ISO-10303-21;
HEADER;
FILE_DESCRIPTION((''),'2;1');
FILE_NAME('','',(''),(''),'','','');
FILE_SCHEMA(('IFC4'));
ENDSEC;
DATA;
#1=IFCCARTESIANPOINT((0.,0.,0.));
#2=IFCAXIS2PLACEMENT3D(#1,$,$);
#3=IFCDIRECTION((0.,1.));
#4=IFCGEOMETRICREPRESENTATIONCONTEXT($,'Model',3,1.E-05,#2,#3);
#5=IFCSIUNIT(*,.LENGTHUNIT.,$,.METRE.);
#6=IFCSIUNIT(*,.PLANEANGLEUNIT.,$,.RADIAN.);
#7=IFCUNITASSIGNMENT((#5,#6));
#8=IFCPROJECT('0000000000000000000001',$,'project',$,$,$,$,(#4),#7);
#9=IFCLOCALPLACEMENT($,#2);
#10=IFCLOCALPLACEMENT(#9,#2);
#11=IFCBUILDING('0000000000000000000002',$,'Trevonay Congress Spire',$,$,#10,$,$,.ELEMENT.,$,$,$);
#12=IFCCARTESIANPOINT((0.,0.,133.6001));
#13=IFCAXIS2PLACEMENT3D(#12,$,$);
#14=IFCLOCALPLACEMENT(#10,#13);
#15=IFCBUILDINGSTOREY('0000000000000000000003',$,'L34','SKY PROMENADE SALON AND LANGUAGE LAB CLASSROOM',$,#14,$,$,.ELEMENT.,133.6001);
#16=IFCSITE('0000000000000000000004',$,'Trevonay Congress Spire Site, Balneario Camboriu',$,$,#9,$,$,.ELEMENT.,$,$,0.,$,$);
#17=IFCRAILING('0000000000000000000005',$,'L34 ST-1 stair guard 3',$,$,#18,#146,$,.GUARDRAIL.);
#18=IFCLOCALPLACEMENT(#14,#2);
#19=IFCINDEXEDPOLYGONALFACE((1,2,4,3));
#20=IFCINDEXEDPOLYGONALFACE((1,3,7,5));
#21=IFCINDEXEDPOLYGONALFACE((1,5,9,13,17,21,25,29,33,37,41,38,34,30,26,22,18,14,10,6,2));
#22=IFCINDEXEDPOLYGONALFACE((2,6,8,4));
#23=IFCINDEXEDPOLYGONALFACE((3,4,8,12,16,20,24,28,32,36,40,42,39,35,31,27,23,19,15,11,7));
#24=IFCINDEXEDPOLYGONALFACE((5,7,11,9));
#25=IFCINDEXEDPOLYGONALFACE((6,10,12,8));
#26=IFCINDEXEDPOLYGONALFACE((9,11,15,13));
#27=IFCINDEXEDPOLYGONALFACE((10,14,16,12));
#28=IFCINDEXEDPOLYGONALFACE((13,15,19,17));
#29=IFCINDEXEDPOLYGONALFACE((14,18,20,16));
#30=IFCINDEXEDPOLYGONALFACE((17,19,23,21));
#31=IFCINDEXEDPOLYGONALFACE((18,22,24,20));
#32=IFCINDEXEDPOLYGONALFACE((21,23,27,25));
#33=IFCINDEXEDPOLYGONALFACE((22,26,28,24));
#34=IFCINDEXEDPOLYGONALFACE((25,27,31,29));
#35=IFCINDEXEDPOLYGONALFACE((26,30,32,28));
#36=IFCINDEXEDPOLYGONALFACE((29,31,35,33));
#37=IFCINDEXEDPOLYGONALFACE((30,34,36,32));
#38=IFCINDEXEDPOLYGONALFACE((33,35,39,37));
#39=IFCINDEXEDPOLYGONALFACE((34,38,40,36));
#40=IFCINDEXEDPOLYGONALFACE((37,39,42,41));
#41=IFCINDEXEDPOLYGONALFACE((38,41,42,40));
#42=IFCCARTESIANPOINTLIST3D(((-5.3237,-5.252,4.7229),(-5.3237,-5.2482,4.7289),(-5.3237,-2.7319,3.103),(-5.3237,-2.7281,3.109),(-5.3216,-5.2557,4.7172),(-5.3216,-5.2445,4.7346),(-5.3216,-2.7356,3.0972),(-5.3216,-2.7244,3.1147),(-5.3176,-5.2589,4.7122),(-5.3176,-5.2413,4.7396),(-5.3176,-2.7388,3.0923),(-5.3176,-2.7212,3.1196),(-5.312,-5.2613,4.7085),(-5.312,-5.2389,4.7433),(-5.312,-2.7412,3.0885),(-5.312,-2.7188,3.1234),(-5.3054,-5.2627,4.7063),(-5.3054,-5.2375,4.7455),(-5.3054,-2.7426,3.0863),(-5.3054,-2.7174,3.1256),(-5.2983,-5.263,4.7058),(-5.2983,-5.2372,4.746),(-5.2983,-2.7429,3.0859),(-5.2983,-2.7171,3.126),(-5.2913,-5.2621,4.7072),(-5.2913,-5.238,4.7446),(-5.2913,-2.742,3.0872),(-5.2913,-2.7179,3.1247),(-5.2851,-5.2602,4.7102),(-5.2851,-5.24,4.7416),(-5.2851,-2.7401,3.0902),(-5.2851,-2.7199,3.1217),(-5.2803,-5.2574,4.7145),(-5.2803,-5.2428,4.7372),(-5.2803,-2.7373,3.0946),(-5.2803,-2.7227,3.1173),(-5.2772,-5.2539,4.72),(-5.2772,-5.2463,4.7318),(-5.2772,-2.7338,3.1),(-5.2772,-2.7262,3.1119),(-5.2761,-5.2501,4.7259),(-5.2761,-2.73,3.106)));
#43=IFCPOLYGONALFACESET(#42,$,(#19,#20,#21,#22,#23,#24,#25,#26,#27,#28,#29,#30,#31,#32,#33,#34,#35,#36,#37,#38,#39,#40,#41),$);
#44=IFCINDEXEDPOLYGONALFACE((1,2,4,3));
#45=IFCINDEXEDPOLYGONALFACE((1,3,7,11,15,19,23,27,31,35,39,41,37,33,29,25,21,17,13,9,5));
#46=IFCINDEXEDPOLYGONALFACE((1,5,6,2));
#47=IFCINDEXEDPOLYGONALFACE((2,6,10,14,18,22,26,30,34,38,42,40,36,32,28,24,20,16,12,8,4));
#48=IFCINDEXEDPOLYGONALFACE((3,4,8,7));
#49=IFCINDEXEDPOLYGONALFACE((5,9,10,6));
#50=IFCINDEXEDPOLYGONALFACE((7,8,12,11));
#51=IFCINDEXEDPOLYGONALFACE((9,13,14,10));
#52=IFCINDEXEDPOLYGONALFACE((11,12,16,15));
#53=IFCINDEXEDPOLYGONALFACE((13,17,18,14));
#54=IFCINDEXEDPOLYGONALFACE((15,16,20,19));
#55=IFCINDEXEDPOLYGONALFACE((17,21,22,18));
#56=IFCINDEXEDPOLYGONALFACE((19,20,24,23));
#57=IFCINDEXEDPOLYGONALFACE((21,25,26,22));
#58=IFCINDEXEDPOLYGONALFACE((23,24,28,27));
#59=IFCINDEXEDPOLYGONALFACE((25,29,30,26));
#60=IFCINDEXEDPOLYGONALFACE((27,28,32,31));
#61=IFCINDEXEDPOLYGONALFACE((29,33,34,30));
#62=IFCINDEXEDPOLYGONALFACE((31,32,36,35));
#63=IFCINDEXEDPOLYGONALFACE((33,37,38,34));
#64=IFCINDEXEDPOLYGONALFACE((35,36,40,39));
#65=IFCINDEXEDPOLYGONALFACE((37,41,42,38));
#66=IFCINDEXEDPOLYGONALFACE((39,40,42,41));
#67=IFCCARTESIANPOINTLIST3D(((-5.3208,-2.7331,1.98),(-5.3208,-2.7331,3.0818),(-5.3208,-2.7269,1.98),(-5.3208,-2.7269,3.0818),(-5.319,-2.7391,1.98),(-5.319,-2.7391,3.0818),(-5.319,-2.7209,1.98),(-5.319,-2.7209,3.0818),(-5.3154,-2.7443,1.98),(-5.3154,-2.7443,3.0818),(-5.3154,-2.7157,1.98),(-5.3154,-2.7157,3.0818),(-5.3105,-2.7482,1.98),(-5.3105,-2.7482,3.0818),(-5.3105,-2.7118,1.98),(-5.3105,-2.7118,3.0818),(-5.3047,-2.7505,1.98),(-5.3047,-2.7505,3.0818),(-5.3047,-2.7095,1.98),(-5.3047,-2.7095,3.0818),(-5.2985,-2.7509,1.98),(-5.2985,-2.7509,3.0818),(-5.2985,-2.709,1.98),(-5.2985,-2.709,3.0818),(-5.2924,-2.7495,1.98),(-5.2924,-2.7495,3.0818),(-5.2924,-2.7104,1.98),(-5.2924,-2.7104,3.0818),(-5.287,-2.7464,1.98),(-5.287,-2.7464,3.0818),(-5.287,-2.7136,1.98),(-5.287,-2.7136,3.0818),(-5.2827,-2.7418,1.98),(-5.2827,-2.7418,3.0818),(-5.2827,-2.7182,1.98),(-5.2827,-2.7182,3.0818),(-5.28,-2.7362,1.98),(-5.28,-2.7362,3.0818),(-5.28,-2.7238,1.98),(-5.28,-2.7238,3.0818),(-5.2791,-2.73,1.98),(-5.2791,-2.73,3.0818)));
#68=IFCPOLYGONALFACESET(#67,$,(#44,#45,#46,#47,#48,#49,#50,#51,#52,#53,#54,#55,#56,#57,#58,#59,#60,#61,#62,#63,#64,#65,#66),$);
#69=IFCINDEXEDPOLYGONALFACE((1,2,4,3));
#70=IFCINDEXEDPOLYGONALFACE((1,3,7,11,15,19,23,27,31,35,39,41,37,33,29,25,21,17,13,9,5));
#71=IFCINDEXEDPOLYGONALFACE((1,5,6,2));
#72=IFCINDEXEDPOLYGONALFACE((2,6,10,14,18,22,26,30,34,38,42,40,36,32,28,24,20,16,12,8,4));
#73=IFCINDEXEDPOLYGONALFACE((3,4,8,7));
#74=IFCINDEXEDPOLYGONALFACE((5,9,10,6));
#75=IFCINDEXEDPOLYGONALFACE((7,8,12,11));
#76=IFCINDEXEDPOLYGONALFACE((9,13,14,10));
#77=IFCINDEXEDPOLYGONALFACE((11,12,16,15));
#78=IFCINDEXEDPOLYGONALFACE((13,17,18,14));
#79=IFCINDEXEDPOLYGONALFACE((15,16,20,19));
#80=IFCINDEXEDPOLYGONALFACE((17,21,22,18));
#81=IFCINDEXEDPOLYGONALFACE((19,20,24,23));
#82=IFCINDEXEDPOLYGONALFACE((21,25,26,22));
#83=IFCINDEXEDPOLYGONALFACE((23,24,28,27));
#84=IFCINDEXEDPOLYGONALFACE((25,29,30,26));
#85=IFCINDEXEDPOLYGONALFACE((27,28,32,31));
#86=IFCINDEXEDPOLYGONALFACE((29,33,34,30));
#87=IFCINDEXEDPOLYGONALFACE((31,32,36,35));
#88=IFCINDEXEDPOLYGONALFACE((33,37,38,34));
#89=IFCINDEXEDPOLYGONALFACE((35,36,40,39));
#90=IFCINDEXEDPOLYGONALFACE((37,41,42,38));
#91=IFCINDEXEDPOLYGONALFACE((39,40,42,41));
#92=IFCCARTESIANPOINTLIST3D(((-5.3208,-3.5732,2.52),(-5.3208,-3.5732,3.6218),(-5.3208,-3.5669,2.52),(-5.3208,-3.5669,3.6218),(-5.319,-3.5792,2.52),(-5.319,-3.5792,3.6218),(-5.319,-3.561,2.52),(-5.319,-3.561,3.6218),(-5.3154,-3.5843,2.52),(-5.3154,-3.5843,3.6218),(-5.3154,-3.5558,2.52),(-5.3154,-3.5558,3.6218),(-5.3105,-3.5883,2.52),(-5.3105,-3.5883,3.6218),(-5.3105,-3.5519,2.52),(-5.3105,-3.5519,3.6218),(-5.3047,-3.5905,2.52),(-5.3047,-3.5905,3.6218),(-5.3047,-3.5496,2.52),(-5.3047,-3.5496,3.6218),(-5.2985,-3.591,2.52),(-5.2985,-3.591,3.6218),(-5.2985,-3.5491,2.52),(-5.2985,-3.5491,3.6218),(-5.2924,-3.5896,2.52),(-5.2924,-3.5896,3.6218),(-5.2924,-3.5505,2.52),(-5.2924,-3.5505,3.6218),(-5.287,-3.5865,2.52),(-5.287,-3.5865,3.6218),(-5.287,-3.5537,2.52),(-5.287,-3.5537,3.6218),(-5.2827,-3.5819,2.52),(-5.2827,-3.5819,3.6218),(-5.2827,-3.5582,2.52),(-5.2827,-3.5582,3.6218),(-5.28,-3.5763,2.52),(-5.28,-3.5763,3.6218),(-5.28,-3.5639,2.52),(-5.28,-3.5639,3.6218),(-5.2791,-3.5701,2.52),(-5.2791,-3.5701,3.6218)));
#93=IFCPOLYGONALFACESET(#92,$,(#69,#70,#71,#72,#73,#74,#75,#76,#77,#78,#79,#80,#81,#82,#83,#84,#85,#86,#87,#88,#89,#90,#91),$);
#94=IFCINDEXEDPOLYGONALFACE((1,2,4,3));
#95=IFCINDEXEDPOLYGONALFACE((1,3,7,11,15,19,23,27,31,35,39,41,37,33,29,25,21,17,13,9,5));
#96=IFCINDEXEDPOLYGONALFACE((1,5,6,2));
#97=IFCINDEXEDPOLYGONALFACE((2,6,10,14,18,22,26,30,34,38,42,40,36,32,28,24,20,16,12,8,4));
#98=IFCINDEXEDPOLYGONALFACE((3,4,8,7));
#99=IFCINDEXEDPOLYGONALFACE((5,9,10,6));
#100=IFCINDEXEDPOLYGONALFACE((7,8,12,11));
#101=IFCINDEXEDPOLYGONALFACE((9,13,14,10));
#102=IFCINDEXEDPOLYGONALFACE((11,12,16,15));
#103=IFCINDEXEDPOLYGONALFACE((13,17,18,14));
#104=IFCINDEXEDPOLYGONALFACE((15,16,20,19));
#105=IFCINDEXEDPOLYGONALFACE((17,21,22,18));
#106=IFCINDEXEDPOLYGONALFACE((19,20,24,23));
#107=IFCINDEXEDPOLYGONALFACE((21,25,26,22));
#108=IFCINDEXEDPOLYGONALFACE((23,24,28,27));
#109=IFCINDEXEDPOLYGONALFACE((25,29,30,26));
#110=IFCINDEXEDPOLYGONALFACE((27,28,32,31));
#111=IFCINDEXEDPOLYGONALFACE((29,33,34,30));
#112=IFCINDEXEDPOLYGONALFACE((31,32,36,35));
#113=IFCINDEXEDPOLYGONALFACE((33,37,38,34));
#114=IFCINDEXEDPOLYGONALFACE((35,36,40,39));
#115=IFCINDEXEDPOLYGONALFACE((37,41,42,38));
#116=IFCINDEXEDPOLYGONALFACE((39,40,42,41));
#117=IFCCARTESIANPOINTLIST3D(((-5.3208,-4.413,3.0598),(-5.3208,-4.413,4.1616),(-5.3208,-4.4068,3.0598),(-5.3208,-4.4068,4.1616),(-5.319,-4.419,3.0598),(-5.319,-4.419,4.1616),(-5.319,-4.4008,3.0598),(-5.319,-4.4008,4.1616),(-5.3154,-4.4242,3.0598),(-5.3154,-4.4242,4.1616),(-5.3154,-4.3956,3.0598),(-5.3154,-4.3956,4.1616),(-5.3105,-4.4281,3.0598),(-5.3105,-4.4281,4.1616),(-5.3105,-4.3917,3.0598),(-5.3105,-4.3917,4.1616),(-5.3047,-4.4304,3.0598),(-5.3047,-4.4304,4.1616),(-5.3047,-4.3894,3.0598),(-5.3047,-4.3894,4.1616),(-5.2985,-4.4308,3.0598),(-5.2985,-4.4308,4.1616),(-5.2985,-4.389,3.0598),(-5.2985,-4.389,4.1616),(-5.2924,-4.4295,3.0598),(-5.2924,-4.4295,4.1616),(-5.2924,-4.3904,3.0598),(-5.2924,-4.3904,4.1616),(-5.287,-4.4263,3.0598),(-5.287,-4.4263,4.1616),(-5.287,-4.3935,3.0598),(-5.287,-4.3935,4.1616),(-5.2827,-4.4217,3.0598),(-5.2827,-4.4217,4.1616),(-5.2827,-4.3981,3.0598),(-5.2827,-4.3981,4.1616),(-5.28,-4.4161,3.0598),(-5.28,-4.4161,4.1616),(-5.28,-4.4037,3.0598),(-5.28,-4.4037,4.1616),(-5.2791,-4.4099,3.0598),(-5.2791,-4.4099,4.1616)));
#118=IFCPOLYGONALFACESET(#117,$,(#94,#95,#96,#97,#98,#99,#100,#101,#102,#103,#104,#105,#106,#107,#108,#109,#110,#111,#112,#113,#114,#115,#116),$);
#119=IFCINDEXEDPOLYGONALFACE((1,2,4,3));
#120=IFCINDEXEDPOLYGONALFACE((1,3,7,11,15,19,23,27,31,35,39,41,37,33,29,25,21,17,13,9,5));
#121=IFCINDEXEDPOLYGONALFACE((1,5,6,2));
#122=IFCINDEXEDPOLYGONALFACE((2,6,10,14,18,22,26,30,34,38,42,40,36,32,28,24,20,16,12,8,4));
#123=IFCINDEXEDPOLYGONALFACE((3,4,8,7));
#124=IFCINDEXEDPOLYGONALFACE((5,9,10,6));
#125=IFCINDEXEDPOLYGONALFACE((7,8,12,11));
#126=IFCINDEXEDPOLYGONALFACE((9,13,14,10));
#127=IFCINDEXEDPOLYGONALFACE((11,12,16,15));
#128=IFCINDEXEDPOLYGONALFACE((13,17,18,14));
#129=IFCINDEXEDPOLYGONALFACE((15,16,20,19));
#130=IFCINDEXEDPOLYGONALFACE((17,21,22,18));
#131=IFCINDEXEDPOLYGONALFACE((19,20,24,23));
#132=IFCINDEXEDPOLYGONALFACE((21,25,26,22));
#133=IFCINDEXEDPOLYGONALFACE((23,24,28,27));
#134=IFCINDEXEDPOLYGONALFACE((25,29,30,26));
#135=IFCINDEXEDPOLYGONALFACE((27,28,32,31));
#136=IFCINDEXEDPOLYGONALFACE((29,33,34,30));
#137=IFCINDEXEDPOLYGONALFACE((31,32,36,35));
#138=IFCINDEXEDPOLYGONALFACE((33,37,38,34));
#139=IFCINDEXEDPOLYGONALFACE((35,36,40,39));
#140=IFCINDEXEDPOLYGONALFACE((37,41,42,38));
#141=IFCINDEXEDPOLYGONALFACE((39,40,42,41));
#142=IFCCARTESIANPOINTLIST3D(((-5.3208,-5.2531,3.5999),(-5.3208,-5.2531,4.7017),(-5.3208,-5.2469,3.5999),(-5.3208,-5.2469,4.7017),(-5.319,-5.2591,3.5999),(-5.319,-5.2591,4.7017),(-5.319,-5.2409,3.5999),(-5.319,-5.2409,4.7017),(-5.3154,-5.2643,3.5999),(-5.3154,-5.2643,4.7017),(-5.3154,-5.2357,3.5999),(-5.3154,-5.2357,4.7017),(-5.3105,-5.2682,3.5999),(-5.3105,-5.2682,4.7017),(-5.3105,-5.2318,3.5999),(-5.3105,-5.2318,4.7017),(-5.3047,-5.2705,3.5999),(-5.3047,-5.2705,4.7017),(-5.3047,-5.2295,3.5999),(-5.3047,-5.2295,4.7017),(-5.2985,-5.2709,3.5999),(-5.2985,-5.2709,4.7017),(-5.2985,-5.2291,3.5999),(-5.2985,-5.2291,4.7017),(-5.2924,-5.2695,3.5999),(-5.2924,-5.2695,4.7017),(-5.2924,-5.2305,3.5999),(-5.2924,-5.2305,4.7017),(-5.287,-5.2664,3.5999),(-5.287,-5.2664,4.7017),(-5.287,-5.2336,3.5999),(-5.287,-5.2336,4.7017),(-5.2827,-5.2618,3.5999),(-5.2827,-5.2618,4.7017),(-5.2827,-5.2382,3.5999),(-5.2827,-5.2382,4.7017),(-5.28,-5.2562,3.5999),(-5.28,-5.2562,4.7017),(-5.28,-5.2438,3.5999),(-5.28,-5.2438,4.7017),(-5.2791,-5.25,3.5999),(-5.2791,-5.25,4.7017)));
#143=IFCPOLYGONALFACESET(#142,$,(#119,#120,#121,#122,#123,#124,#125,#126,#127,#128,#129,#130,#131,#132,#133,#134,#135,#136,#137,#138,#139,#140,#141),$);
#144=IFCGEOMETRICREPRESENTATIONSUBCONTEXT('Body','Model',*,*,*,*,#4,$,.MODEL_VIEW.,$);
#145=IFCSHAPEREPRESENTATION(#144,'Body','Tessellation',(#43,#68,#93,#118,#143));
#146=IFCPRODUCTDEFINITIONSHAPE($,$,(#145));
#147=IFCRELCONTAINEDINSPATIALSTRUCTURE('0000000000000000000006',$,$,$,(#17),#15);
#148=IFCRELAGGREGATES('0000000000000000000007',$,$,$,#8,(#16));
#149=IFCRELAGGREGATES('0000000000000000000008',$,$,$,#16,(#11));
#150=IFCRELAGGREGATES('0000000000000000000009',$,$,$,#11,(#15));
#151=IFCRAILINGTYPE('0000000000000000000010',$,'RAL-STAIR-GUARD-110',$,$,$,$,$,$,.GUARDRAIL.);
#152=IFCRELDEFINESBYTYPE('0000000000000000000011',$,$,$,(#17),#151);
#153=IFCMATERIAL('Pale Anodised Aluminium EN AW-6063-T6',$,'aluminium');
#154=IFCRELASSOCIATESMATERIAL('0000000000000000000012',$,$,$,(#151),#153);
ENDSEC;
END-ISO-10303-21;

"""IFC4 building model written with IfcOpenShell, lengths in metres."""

from ifc_helpers import new_model, si_unit, direction, frame, origin, origin_2d, place, context, subcontext, project, spatial, circle, extrude, material, type_object, element, save


model = new_model("IFC4")

# Units and contexts
model_context = context("Model", 3, precision=1e-05, world=origin(), true_north=direction((0.0, 1.0)))
body_context = subcontext(model_context, "Body", "Model", "MODEL_VIEW")
ifc_project = project(units=[si_unit("LENGTHUNIT", "METRE"), si_unit("PLANEANGLEUNIT", "RADIAN")], contexts=[model_context])

# Site, building, storey
site_placement = place(None, origin())
site = spatial("IfcSite", under=ifc_project, at=site_placement, Name="Trevonay Congress Spire Site, Balneario Camboriu", CompositionType="ELEMENT", RefElevation=0.0)
building_placement = place(site_placement, origin())
building = spatial("IfcBuilding", under=site, at=building_placement, Name="Trevonay Congress Spire", CompositionType="ELEMENT")
storey_placement = place(building_placement, frame((0.0, 0.0, 133.6001)))
storey = spatial("IfcBuildingStorey", under=building, at=storey_placement, Name="L34", Description="SKY PROMENADE SALON AND LANGUAGE LAB CLASSROOM", CompositionType="ELEMENT", Elevation=133.6001)

# Railing
ifc_material_1 = material(Name="Pale Anodised Aluminium EN AW-6063-T6", Category="aluminium")
railing_type_1 = type_object("IfcRailingType", Name="RAL-STAIR-GUARD-110", PredefinedType="GUARDRAIL", material=ifc_material_1)
railing_1_placement = place(storey_placement, frame((-5.3, -2.73, 1.98)))
element("IfcRailing", 1, at=railing_1_placement, inside=storey, type_object=railing_type_1, Name="L34 ST-1 stair guard 3", PredefinedType="GUARDRAIL", context=body_context, shape_type="SweptSolid", body=[
    extrude(circle(Radius=0.0239, at=origin_2d()), frame((0.0, 0.0, 1.126), z_axis=(0.0, -0.8412, 0.540725), x_axis=(1.0, 0.0, 0.0)), (0.0, 0.0, 1.0), 2.9958),
    extrude(circle(Radius=0.021, at=origin_2d()), origin(), (0.0, 0.0, 1.0), 1.1018),
    extrude(circle(Radius=0.021, at=origin_2d()), frame((0.0, -0.8401, 0.54)), (0.0, 0.0, 1.0), 1.1018),
    extrude(circle(Radius=0.021, at=origin_2d()), frame((0.0, -1.6799, 1.0798)), (0.0, 0.0, 1.0), 1.1018),
    extrude(circle(Radius=0.021, at=origin_2d()), frame((0.0, -2.52, 1.6199)), (0.0, 0.0, 1.0), 1.1018),
])

save(model, "model.ifc")
